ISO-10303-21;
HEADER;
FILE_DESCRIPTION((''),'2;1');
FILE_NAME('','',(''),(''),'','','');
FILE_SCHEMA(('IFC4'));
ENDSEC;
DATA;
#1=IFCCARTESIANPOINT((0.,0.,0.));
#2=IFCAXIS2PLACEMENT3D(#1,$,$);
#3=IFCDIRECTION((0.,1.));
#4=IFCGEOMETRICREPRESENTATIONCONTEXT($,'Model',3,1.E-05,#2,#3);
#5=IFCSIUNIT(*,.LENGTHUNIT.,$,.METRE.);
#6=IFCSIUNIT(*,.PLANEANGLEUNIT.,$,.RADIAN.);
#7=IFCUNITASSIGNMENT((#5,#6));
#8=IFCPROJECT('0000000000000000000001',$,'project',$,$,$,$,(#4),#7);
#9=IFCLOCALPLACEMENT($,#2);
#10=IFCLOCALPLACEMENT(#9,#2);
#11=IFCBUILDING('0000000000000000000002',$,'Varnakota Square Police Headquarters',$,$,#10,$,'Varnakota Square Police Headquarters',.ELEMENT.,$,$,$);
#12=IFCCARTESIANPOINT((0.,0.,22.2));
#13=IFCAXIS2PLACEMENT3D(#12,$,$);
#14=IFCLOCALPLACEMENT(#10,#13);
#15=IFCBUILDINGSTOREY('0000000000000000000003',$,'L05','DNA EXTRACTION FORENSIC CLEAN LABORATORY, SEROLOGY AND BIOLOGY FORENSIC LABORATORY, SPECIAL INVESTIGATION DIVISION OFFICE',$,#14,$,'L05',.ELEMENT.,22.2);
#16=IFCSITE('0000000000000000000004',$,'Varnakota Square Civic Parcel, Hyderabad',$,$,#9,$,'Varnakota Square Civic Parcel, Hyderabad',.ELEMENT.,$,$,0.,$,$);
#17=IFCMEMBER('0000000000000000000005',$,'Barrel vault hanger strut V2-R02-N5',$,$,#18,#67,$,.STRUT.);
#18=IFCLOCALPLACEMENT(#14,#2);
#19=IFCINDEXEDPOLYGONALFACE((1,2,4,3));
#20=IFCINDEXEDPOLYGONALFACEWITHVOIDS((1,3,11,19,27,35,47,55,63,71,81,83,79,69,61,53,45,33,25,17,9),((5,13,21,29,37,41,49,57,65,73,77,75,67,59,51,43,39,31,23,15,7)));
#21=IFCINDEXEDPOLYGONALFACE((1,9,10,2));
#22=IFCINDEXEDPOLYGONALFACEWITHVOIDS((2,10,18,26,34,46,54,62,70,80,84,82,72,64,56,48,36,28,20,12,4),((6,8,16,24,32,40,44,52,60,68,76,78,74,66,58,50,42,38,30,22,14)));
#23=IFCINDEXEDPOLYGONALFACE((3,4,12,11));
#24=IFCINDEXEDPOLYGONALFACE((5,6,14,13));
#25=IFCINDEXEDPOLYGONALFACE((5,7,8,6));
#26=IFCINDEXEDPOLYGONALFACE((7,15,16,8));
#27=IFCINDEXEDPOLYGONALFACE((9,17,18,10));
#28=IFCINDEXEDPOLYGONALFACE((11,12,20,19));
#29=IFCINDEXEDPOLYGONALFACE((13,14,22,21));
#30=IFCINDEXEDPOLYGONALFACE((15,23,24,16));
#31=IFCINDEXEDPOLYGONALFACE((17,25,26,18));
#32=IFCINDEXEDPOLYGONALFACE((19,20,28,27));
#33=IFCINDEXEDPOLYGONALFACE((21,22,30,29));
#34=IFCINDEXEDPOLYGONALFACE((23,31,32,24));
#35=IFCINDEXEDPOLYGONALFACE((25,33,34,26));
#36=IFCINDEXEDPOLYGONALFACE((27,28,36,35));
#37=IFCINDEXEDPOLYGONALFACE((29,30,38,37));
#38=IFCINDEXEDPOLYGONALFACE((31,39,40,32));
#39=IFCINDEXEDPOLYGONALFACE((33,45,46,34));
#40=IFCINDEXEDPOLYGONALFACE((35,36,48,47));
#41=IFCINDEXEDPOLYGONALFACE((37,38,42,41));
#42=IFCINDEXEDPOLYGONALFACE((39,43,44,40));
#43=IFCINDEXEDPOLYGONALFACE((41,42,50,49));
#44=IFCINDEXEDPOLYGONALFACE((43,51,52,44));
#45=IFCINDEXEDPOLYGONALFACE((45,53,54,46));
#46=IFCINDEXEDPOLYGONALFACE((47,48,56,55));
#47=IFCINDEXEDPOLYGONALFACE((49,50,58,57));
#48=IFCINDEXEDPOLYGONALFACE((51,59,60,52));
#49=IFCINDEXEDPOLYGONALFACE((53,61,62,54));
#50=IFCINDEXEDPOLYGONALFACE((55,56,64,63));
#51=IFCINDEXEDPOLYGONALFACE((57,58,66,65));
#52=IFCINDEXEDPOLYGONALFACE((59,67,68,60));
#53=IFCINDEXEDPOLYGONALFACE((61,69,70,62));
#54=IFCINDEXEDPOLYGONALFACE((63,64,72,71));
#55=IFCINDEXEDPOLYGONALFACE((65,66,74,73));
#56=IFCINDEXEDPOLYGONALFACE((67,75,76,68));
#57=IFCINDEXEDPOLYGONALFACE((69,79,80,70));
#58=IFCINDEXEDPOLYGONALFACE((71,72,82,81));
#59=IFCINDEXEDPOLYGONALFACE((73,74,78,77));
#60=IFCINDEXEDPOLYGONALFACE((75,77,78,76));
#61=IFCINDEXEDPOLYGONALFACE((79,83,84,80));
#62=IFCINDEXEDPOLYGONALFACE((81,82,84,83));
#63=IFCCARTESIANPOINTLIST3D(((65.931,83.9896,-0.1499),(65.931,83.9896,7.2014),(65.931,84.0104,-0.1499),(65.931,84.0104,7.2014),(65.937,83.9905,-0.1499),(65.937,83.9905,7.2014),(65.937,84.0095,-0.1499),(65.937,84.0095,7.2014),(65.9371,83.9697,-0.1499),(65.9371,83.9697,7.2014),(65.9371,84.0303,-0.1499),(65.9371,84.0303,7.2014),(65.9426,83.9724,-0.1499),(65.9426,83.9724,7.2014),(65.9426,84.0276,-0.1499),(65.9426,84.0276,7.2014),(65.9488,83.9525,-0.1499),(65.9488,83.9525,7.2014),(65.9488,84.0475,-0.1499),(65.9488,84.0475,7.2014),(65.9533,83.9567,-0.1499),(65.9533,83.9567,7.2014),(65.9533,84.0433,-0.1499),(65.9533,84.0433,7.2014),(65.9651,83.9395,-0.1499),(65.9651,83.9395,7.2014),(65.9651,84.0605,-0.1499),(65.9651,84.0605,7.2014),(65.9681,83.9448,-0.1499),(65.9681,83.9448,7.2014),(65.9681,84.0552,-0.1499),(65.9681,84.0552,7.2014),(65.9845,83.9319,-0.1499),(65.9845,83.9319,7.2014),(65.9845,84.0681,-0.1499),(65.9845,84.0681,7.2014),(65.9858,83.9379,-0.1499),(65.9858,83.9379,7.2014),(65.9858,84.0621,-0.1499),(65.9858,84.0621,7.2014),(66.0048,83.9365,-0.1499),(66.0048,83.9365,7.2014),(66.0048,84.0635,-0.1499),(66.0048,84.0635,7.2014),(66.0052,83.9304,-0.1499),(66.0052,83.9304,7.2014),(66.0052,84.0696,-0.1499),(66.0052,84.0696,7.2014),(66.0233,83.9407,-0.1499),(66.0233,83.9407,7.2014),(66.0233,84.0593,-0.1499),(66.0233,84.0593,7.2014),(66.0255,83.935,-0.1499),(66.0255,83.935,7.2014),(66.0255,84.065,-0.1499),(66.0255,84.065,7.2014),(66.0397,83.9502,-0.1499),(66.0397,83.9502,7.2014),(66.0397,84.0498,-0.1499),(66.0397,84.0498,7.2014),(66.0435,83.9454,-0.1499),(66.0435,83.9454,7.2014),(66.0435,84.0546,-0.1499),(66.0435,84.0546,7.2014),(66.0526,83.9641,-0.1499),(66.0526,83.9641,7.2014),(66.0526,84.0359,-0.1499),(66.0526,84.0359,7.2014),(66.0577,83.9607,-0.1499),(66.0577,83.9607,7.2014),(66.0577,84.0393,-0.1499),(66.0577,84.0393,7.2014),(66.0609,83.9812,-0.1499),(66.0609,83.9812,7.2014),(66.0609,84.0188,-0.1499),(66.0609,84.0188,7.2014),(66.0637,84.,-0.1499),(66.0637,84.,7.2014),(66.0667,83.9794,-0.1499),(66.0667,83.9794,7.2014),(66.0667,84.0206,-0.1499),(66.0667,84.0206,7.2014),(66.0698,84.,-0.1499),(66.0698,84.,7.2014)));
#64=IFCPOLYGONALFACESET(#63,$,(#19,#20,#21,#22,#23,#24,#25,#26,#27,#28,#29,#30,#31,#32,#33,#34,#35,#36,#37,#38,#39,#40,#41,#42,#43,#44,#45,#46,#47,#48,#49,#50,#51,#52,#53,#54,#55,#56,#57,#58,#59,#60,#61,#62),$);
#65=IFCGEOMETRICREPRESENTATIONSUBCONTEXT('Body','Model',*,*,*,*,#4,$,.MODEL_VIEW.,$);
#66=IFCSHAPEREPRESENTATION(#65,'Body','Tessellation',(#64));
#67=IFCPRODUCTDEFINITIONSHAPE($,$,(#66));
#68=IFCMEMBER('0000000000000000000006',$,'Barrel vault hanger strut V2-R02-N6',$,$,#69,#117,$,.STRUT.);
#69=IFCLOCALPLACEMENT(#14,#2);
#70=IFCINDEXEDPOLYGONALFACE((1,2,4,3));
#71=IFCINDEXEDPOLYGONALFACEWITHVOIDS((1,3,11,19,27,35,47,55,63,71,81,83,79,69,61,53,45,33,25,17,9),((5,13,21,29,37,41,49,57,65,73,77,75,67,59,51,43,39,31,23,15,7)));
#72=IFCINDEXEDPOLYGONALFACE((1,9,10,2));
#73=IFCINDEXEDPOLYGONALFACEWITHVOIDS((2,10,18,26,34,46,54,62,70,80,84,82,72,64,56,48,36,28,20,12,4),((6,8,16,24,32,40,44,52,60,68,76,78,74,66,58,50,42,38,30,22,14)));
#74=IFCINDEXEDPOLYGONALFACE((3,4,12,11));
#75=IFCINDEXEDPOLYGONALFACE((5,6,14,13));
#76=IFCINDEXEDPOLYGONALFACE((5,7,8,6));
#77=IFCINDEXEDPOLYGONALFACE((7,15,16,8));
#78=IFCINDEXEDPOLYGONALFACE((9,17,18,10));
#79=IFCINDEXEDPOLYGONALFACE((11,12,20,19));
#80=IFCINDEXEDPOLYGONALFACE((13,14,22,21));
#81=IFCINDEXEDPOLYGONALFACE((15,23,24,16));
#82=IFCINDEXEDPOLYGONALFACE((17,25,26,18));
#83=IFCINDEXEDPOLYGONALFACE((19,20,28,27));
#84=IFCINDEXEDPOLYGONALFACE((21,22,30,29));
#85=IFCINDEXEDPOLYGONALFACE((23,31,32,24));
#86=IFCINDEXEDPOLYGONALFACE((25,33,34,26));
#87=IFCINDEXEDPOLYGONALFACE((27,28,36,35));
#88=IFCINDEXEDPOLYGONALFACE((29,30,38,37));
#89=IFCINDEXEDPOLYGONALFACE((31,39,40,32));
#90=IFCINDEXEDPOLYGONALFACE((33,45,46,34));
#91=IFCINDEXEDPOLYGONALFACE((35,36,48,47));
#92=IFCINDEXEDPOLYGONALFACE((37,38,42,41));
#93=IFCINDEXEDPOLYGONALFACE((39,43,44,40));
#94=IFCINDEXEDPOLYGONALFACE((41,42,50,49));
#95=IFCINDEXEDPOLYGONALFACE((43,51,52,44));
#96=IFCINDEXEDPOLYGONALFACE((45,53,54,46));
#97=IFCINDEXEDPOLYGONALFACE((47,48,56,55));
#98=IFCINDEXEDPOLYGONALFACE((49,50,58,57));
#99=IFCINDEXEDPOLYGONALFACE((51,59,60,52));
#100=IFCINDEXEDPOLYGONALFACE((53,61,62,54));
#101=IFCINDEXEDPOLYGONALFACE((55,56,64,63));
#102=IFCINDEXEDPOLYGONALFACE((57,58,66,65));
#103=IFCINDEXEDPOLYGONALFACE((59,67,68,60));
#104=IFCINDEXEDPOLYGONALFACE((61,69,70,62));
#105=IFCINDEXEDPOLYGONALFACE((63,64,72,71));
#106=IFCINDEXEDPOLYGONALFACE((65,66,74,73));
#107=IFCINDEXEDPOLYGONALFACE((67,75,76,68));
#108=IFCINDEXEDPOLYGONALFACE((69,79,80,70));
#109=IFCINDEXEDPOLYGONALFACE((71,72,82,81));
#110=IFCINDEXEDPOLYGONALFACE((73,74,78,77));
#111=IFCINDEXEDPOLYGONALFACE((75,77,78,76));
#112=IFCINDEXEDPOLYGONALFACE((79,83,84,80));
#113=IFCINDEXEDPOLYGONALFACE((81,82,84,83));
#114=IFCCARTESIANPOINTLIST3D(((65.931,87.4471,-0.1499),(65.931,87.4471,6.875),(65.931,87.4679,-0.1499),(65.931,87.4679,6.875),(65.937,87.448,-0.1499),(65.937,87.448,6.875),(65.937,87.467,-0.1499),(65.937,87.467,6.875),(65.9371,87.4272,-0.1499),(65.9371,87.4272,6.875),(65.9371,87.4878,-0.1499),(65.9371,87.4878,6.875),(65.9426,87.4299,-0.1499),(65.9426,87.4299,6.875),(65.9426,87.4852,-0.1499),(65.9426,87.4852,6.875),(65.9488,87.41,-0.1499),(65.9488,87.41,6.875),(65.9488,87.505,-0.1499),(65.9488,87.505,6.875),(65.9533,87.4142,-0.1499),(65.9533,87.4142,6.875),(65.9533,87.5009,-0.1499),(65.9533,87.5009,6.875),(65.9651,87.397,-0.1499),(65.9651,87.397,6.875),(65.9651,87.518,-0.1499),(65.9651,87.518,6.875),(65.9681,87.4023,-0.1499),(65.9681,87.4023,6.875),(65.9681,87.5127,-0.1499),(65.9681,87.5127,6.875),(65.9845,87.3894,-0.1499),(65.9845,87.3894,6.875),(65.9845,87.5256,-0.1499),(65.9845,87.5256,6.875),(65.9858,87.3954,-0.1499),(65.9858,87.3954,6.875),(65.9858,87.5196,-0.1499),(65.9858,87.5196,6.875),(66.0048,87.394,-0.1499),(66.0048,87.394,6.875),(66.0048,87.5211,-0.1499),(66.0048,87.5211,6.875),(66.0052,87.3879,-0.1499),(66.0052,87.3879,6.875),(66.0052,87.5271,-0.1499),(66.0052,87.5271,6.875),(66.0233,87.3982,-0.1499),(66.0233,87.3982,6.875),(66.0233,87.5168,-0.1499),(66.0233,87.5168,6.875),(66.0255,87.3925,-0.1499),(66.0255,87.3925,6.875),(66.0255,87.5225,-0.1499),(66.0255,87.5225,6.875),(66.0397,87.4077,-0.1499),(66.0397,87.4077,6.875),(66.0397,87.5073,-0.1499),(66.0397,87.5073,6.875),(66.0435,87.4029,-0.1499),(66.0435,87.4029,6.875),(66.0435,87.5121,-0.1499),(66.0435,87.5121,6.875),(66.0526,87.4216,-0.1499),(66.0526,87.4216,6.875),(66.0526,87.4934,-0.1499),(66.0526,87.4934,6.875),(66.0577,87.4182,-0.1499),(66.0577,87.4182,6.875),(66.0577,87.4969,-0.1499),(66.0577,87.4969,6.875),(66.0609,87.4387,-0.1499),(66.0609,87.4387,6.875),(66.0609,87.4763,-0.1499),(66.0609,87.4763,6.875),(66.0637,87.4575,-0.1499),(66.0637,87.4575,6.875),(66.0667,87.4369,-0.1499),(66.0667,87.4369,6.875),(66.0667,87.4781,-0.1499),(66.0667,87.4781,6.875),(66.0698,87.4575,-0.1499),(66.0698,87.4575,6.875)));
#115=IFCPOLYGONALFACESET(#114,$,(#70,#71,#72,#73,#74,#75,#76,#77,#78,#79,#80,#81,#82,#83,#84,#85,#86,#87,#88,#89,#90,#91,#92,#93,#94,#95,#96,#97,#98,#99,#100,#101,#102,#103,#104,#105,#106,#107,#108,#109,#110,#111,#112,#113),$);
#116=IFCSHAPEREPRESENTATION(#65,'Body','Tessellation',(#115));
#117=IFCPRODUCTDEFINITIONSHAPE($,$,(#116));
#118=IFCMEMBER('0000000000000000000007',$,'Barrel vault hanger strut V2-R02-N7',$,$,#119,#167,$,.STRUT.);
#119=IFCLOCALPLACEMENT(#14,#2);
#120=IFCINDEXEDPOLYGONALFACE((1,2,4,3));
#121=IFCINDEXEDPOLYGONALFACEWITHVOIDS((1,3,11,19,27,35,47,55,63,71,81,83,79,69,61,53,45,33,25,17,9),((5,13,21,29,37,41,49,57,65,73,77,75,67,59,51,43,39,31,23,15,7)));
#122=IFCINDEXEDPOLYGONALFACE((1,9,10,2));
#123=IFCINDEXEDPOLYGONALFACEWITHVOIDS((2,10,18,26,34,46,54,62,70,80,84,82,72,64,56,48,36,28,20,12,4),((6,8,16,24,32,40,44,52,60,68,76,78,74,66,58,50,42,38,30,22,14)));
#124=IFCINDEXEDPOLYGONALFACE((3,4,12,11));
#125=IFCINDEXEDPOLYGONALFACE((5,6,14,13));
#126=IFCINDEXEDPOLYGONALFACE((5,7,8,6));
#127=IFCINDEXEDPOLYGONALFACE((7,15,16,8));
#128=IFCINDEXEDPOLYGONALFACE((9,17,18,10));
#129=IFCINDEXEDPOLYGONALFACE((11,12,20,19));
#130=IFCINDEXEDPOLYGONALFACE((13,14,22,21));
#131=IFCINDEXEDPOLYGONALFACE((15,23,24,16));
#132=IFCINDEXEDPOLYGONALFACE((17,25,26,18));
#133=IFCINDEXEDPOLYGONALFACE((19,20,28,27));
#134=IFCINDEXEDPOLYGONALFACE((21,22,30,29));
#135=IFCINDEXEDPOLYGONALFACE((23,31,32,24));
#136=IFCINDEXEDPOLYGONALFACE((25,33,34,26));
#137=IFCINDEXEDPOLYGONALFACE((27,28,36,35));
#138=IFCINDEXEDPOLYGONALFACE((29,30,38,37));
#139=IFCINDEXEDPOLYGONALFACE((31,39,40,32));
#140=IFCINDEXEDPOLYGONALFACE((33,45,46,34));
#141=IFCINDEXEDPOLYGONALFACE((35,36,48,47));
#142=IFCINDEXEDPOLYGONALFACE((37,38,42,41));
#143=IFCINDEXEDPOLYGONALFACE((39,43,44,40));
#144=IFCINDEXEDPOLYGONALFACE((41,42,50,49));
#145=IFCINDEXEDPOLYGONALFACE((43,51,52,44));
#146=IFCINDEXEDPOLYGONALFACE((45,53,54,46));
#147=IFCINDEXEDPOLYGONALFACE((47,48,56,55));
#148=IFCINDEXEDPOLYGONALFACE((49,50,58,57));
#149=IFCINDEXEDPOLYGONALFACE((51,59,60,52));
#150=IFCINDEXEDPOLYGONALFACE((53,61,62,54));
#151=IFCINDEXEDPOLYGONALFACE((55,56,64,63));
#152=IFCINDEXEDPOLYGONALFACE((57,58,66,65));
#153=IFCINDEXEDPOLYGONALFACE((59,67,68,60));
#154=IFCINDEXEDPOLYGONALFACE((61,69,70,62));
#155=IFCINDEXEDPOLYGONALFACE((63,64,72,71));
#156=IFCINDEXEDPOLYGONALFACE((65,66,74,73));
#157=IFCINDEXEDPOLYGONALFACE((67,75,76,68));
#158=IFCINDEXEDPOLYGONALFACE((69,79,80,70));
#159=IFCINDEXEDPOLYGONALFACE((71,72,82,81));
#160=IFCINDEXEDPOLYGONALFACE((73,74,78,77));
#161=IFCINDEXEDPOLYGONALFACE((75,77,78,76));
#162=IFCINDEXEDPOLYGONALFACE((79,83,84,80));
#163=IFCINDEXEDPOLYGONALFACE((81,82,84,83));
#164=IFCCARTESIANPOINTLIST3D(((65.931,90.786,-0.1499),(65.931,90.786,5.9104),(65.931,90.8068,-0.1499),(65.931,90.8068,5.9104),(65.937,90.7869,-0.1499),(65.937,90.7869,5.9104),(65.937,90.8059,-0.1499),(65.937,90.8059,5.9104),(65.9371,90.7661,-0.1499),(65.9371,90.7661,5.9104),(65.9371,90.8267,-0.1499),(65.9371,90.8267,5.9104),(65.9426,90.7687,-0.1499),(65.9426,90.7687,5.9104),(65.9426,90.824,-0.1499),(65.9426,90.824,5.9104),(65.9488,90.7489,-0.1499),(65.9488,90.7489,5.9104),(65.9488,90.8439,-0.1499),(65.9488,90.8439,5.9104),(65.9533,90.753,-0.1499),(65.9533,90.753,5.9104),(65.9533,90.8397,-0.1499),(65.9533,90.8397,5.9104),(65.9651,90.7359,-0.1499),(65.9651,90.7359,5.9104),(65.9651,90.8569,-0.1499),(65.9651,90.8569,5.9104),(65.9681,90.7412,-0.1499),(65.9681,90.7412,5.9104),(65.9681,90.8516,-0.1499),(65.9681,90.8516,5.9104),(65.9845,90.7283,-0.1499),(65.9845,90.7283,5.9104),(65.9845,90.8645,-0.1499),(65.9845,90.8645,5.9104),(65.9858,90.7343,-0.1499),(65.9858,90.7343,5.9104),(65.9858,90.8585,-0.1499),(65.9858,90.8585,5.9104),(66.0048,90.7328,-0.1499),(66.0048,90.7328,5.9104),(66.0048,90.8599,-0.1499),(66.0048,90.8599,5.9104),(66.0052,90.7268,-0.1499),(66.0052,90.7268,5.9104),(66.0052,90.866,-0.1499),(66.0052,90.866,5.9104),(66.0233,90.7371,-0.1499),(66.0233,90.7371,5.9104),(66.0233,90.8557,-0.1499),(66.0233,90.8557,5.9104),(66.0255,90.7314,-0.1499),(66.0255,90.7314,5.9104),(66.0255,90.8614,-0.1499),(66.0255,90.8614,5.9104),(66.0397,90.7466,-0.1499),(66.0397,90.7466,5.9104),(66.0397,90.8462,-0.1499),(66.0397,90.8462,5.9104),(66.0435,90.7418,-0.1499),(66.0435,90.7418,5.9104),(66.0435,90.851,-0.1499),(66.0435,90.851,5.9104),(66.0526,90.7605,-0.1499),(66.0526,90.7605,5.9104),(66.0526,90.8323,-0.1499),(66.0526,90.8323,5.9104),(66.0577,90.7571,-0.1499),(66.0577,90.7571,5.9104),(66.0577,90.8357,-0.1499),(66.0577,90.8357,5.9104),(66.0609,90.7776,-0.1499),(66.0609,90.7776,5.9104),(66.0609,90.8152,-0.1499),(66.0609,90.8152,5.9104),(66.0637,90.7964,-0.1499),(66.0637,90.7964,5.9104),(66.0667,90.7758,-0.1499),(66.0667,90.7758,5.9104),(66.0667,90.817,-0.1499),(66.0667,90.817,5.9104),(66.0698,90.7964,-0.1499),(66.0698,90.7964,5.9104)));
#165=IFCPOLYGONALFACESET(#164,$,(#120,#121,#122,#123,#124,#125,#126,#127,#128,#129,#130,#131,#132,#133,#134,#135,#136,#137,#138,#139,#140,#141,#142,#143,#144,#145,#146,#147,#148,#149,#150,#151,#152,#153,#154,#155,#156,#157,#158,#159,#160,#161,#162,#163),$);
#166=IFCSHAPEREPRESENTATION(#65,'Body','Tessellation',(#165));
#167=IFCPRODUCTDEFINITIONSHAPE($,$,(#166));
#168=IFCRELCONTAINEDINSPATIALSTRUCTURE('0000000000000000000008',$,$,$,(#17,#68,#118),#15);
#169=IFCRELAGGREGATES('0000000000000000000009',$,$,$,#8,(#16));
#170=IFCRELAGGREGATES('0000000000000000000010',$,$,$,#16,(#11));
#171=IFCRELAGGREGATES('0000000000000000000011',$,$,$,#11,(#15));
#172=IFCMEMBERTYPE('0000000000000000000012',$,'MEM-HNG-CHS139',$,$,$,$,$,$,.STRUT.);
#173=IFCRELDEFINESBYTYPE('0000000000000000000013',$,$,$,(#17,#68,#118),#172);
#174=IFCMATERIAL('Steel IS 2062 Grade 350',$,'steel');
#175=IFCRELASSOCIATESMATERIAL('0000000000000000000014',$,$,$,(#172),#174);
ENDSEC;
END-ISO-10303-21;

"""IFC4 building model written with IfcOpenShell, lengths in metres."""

from ifc_helpers import new_model, si_unit, direction, frame, origin, origin_2d, place, context, subcontext, project, spatial, hollow_circle, extrude, material, material_profile, profile_set, type_object, element, save


model = new_model("IFC4")

# Units and contexts
model_context = context("Model", 3, precision=1e-05, world=origin(), true_north=direction((0.0, 1.0)))
body_context = subcontext(model_context, "Body", "Model", "MODEL_VIEW")
ifc_project = project(units=[si_unit("LENGTHUNIT", "METRE"), si_unit("PLANEANGLEUNIT", "RADIAN")], contexts=[model_context])

# Site, building, storey
site_placement = place(None, origin())
site = spatial("IfcSite", under=ifc_project, at=site_placement, Name="Varnakota Square Civic Parcel, Hyderabad", LongName="Varnakota Square Civic Parcel, Hyderabad", CompositionType="ELEMENT", RefElevation=0.0)
building_placement = place(site_placement, origin())
building = spatial("IfcBuilding", under=site, at=building_placement, Name="Varnakota Square Police Headquarters", LongName="Varnakota Square Police Headquarters", CompositionType="ELEMENT")
storey_placement = place(building_placement, frame((0.0, 0.0, 22.2)))
storey = spatial("IfcBuildingStorey", under=building, at=storey_placement, Name="L05", Description="DNA EXTRACTION FORENSIC CLEAN LABORATORY, SEROLOGY AND BIOLOGY FORENSIC LABORATORY, SPECIAL INVESTIGATION DIVISION OFFICE", LongName="L05", CompositionType="ELEMENT", Elevation=22.2)

# Shared definitions
ifc_material_1 = material(Name="Steel IS 2062 Grade 350", Category="steel")

# Members
ifc_material_profile_1 = material_profile(ifc_material_1, hollow_circle(Radius=0.0698, WallThickness=0.0061, at=origin_2d()), Name="CHS 139.7x6.0")
ifc_profile_set_1 = profile_set([ifc_material_profile_1], Name="Steel IS 2062 Grade 350")
member_type = type_object("IfcMemberType", Name="MEM-HNG-CHS139", PredefinedType="STRUT", material=ifc_profile_set_1)
member_1_placement = place(storey_placement, frame((66.0, 84.0, -0.1499), z_axis=(0.0, 0.0, 1.0), x_axis=(1.0, 0.0, 0.0)))
element("IfcMember", 1, at=member_1_placement, inside=storey, type_object=member_type, Name="Barrel vault hanger strut V2-R02-N5", PredefinedType="STRUT", context=body_context, shape_type="SweptSolid", body=[
    extrude(hollow_circle(Radius=0.0698, WallThickness=0.0061, at=origin_2d()), origin(), (0.0, 0.0, 1.0), 7.3513),
])
member_2_placement = place(storey_placement, frame((66.0, 87.4575, -0.1499), z_axis=(0.0, 0.0, 1.0), x_axis=(1.0, 0.0, 0.0)))
element("IfcMember", 2, at=member_2_placement, inside=storey, type_object=member_type, Name="Barrel vault hanger strut V2-R02-N6", PredefinedType="STRUT", context=body_context, shape_type="SweptSolid", body=[
    extrude(hollow_circle(Radius=0.0698, WallThickness=0.0061, at=origin_2d()), origin(), (0.0, 0.0, 1.0), 7.0249),
])
member_3_placement = place(storey_placement, frame((66.0, 90.7964, -0.1499), z_axis=(0.0, 0.0, 1.0), x_axis=(1.0, 0.0, 0.0)))
element("IfcMember", 3, at=member_3_placement, inside=storey, type_object=member_type, Name="Barrel vault hanger strut V2-R02-N7", PredefinedType="STRUT", context=body_context, shape_type="SweptSolid", body=[
    extrude(hollow_circle(Radius=0.0698, WallThickness=0.0061, at=origin_2d()), origin(), (0.0, 0.0, 1.0), 6.0603),
])

save(model, "model.ifc")
